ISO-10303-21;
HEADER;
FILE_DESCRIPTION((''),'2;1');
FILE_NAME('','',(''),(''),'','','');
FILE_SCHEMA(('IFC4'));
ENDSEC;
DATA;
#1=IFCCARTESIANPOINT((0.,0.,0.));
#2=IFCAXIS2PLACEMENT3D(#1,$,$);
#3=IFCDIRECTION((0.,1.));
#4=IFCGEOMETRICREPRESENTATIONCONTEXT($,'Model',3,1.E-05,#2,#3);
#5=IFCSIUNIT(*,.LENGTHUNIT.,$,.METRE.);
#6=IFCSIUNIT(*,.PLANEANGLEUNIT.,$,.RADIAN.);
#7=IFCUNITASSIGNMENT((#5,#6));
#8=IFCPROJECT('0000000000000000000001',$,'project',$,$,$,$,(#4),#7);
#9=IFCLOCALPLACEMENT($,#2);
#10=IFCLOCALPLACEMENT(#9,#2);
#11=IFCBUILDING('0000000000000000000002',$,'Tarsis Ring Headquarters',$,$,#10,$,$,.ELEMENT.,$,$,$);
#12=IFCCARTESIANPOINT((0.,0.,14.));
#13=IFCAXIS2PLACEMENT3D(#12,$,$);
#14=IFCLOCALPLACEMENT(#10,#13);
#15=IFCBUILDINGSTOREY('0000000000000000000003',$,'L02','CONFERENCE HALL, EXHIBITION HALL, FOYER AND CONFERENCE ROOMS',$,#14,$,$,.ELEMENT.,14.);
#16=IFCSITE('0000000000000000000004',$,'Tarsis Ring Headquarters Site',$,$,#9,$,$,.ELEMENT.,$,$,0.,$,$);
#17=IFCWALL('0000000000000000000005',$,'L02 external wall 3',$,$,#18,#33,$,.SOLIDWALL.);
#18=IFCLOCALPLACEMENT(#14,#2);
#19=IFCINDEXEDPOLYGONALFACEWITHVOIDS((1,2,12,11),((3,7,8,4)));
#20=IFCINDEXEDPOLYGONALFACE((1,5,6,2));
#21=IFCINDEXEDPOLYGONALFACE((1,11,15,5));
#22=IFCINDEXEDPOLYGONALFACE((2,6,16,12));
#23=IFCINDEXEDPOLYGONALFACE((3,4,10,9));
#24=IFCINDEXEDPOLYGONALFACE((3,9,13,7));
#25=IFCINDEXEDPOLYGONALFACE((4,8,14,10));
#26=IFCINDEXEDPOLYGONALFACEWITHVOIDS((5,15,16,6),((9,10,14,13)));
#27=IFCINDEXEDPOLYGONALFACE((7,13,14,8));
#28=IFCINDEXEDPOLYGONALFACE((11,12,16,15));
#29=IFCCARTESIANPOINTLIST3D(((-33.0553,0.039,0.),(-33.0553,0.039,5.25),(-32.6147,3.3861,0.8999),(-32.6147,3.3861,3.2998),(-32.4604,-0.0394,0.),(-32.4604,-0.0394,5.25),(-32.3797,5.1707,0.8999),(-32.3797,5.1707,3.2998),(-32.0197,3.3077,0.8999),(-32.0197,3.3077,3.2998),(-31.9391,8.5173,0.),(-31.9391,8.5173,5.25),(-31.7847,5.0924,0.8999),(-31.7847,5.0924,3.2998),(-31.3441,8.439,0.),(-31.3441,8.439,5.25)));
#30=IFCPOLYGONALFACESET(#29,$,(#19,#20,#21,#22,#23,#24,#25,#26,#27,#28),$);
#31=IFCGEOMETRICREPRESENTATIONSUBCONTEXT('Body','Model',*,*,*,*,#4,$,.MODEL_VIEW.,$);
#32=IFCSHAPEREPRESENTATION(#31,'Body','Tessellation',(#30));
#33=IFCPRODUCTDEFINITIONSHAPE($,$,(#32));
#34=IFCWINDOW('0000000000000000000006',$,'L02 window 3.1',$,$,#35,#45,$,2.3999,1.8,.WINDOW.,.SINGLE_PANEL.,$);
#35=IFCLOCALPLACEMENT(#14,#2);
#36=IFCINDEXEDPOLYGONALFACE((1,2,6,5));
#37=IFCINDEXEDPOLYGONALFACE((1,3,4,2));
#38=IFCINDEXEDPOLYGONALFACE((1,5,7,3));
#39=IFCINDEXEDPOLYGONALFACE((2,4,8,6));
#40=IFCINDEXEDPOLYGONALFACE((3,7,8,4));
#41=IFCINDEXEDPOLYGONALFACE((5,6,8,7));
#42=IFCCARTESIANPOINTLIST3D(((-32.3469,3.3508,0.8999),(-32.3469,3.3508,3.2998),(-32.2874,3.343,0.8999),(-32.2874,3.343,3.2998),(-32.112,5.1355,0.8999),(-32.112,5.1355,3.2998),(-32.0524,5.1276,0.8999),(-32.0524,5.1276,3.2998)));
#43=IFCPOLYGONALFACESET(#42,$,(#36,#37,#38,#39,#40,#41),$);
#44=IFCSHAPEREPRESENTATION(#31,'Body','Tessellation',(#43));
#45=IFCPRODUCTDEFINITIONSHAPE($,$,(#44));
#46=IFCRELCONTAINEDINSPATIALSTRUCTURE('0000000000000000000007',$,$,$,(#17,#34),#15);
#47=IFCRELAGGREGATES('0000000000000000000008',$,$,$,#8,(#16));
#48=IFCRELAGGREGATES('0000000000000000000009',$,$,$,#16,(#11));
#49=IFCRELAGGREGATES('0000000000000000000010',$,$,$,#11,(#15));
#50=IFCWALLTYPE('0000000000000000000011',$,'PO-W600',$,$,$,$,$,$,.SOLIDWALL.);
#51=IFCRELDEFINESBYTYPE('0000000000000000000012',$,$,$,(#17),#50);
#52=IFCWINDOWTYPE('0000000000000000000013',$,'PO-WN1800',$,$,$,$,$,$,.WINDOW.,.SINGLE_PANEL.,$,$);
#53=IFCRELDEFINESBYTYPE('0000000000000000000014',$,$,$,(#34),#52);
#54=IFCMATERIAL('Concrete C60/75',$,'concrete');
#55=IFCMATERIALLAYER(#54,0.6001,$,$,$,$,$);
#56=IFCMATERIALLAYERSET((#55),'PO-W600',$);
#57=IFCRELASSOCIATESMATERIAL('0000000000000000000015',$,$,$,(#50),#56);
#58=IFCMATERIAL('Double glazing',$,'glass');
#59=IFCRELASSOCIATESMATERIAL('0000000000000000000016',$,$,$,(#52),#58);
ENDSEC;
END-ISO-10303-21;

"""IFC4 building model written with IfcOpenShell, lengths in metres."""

from ifc_helpers import new_model, si_unit, direction, frame, frame_2d, origin, place, context, subcontext, project, spatial, rectangle, extrude, material, layer, layer_set, type_object, element, fill, save


model = new_model("IFC4")

# Units and contexts
model_context = context("Model", 3, precision=1e-05, world=origin(), true_north=direction((0.0, 1.0)))
body_context = subcontext(model_context, "Body", "Model", "MODEL_VIEW")
ifc_project = project(units=[si_unit("LENGTHUNIT", "METRE"), si_unit("PLANEANGLEUNIT", "RADIAN")], contexts=[model_context])

# Site, building, storey
site_placement = place(None, origin())
site = spatial("IfcSite", under=ifc_project, at=site_placement, Name="Tarsis Ring Headquarters Site", CompositionType="ELEMENT", RefElevation=0.0)
building_placement = place(site_placement, origin())
building = spatial("IfcBuilding", under=site, at=building_placement, Name="Tarsis Ring Headquarters", CompositionType="ELEMENT")
storey_placement = place(building_placement, frame((0.0, 0.0, 14.0)))
storey = spatial("IfcBuildingStorey", under=building, at=storey_placement, Name="L02", Description="CONFERENCE HALL, EXHIBITION HALL, FOYER AND CONFERENCE ROOMS", CompositionType="ELEMENT", Elevation=14.0)

# Shared definitions
ifc_material_1 = material(Name="Concrete C60/75", Category="concrete")

# Shared definitions
ifc_layer_1 = layer(ifc_material_1, 0.6001)
ifc_layer_set_1 = layer_set([ifc_layer_1], Name="PO-W600")
wall_type_1 = type_object("IfcWallType", Name="PO-W600", PredefinedType="SOLIDWALL", material=ifc_layer_set_1)

# Wall, opening, window
wall_1_placement = place(storey_placement, frame((-31.6416, 8.4783, 0.0), z_axis=(0.0, 0.0, 1.0), x_axis=(-0.130529, -0.991444, 0.0)))
wall_1 = element("IfcWall", 1, at=wall_1_placement, inside=storey, type_object=wall_type_1, Name="L02 external wall 3", PredefinedType="SOLIDWALL", context=body_context, shape_type="SweptSolid", body=[
    extrude(rectangle(XDim=8.5515, YDim=0.6001, at=frame_2d((4.2759, 0.0))), origin(), (0.0, 0.0, 1.0), 5.25),
])
opening_1_placement = place(wall_1_placement, frame((3.3757, 0.0, 0.8999)))
opening_1 = element("IfcOpeningElement", 2, at=opening_1_placement, cuts=wall_1, PredefinedType="OPENING", context=body_context, shape_type="SweptSolid", body=[
    extrude(rectangle(XDim=1.8, YDim=2.3999, at=frame_2d((0.8999, 1.2))), frame((0.0, 0.3101, 0.0), z_axis=(0.0, -1.0, 0.0), x_axis=(1.0, 0.0, 0.0)), (0.0, 0.0, 1.0), 0.6201),
])
ifc_material_2 = material(Name="Double glazing", Category="glass")
window_type = type_object("IfcWindowType", Name="PO-WN1800", PartitioningType="SINGLE_PANEL", PredefinedType="WINDOW", material=ifc_material_2)
window_placement = place(opening_1_placement, origin())
window = element("IfcWindow", 3, at=window_placement, inside=storey, type_object=window_type, Name="L02 window 3.1", OverallHeight=2.3999, OverallWidth=1.8, PartitioningType="SINGLE_PANEL", PredefinedType="WINDOW", context=body_context, shape_type="SweptSolid", body=[
    extrude(rectangle(XDim=1.8, YDim=2.3999, at=frame_2d((0.8999, 1.2))), frame((0.0, 0.03, 0.0), z_axis=(0.0, -1.0, 0.0), x_axis=(1.0, 0.0, 0.0)), (0.0, 0.0, 1.0), 0.0601),
])
fill(opening_1, window)

save(model, "model.ifc")
